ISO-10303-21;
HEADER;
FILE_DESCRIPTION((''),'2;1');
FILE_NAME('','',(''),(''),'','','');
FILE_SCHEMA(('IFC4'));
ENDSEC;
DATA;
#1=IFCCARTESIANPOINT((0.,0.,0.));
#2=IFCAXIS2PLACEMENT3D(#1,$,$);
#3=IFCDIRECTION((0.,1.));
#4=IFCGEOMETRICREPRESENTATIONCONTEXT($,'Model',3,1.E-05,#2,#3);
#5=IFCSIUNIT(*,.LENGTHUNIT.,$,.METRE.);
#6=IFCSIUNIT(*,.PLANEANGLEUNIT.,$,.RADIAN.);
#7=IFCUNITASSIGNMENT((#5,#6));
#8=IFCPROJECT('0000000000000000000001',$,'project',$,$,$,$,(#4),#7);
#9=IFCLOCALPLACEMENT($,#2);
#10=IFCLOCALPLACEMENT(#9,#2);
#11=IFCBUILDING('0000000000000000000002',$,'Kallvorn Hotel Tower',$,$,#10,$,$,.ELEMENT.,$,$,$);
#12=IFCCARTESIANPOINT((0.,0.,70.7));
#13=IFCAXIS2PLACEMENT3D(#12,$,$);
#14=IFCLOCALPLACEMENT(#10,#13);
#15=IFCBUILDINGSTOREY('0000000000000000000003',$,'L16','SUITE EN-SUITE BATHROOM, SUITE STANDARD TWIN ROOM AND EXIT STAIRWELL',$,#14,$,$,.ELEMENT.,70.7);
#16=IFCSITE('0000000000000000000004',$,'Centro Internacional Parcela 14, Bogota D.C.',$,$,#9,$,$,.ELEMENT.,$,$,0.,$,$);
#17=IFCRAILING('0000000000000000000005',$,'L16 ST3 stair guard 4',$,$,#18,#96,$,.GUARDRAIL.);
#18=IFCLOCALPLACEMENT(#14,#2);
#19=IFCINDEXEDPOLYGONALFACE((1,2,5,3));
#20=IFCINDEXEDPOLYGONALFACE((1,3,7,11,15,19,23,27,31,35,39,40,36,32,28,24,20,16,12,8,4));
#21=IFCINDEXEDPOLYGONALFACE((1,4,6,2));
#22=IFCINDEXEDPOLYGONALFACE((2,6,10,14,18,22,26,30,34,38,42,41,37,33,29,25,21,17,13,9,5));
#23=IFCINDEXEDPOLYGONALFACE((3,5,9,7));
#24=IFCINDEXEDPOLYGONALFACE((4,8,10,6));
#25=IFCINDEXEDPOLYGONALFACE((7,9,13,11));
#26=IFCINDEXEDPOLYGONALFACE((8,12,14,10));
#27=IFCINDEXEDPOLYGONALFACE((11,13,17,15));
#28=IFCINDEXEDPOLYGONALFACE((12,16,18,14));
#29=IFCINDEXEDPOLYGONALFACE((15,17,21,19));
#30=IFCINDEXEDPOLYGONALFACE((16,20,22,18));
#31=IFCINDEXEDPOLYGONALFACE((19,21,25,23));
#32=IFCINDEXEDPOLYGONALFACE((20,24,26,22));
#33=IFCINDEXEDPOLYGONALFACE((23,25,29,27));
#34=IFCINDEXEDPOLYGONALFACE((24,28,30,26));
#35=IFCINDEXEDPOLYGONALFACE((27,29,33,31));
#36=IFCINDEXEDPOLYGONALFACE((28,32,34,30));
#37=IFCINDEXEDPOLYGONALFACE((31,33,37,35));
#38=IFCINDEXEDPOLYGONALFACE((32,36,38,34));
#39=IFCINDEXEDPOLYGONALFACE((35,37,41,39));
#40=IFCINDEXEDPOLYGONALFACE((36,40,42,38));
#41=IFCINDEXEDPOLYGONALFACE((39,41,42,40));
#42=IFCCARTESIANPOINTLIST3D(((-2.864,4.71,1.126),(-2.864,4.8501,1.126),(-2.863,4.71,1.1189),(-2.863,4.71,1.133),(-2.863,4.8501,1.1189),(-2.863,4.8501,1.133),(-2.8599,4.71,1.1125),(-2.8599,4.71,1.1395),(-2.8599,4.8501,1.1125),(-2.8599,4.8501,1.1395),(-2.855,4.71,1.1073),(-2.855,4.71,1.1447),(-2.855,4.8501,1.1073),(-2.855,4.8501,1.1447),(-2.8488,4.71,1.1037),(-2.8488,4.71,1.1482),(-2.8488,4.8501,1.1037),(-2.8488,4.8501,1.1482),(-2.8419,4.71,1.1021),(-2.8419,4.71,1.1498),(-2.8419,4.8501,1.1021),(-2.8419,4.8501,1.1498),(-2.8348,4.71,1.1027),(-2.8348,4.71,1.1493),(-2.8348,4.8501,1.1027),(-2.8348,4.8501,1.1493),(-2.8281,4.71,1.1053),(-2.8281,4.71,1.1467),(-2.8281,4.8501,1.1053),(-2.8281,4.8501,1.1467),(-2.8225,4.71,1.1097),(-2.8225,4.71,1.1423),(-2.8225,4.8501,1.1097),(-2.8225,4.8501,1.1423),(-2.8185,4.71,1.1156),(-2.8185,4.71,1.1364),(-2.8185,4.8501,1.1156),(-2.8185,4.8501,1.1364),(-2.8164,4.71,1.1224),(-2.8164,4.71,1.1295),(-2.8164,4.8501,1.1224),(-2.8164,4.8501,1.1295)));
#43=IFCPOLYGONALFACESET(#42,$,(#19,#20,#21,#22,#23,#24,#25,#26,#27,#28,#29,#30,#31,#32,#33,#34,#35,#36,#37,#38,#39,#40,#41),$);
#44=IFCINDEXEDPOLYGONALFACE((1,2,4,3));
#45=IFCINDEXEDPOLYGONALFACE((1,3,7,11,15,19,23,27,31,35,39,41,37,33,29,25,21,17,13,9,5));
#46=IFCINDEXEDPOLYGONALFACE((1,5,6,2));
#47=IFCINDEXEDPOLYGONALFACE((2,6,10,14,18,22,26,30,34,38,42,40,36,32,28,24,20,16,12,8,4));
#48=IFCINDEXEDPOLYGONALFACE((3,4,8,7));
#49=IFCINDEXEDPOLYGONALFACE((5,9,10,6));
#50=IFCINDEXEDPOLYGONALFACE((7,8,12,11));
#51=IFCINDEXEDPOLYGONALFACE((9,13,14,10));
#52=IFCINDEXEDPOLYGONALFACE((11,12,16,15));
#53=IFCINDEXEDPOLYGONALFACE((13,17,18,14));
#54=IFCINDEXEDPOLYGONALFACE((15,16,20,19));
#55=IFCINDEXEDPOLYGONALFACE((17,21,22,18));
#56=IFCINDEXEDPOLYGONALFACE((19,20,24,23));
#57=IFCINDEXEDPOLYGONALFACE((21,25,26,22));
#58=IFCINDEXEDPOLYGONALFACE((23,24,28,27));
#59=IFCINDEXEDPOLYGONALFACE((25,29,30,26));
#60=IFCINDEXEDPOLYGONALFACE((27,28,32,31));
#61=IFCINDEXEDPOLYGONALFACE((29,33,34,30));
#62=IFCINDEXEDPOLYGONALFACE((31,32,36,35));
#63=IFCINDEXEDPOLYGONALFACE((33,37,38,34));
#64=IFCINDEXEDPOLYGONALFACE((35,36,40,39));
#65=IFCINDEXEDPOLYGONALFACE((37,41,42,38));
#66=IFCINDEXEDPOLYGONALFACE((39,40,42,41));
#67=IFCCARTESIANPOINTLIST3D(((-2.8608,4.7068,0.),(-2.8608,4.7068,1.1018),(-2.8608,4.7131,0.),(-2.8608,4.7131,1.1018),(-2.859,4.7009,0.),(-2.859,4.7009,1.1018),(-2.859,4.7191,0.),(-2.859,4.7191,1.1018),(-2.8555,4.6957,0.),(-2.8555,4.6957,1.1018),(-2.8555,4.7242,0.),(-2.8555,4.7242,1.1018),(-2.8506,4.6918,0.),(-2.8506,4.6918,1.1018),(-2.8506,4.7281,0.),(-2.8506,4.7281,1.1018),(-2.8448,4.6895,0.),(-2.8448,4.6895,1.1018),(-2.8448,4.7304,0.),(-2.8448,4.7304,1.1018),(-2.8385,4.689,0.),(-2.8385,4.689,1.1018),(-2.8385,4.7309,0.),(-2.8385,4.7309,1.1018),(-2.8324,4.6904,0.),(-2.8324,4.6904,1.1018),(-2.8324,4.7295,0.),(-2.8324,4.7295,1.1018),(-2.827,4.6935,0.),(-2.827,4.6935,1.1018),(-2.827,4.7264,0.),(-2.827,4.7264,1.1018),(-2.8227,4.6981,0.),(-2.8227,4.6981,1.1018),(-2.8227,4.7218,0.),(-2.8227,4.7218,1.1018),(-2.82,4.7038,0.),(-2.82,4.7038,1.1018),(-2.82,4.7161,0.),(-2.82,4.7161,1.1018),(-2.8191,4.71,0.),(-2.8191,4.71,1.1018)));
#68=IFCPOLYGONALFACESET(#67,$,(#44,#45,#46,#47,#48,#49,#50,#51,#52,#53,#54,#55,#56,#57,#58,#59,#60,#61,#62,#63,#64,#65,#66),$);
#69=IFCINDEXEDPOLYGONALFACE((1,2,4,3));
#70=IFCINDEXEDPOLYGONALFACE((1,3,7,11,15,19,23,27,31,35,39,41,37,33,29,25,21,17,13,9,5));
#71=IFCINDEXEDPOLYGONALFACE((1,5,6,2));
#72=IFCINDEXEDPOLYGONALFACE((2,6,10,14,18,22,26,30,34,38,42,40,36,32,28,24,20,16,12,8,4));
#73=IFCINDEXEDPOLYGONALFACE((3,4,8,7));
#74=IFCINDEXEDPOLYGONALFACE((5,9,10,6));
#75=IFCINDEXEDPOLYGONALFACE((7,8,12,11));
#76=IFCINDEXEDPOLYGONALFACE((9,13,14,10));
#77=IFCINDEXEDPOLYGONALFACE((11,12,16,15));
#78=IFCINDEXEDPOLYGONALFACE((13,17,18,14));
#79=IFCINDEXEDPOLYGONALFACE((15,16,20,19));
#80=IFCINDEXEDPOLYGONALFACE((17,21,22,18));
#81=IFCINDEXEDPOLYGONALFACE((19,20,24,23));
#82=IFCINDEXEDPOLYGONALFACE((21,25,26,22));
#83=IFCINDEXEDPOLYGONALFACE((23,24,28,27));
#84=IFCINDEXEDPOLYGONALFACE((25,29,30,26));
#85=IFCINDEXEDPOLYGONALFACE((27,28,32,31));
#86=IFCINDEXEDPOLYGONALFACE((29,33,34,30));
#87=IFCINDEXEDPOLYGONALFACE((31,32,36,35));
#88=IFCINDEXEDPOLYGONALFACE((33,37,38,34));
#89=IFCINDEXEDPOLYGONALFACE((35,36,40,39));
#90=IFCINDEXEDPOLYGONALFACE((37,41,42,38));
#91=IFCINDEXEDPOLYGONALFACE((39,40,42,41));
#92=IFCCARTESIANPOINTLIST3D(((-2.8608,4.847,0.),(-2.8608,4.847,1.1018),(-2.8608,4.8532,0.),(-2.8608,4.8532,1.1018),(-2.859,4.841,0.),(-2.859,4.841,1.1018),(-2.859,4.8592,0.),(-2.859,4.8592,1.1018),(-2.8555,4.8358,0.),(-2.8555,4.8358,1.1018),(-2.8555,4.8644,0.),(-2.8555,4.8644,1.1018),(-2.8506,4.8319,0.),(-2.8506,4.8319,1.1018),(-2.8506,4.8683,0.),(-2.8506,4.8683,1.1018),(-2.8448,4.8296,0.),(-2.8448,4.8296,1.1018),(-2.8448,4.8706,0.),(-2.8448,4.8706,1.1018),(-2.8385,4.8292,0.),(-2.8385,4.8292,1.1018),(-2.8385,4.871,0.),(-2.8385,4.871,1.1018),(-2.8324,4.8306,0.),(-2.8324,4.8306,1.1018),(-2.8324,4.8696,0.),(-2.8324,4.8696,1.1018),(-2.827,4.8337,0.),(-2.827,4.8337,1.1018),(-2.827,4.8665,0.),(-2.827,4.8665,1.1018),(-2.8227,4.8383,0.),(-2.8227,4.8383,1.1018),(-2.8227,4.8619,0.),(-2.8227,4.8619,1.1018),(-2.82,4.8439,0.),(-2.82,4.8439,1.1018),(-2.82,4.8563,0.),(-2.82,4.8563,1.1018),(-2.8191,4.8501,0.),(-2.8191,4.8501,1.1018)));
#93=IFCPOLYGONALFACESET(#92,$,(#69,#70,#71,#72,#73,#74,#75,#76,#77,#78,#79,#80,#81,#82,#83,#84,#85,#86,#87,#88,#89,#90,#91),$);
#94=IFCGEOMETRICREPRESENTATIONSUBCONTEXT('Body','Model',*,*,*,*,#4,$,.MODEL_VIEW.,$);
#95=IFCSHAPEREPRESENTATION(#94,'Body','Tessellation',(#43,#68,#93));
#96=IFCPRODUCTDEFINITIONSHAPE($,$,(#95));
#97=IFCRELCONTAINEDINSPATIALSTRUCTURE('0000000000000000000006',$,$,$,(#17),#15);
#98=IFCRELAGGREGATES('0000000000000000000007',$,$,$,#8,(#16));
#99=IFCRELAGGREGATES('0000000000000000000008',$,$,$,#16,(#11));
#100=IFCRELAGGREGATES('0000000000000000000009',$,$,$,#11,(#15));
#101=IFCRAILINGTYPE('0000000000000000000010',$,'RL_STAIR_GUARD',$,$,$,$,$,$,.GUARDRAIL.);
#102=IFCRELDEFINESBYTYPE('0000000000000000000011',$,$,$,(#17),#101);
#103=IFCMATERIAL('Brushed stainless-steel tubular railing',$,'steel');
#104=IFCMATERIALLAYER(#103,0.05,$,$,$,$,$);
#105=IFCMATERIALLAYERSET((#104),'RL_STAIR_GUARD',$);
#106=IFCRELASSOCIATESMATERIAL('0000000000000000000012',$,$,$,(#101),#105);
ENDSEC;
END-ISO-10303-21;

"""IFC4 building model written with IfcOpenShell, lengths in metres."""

from ifc_helpers import new_model, si_unit, direction, frame, origin, origin_2d, place, context, subcontext, project, spatial, circle, extrude, material, layer, layer_set, type_object, element, save


model = new_model("IFC4")

# Units and contexts
model_context = context("Model", 3, precision=1e-05, world=origin(), true_north=direction((0.0, 1.0)))
body_context = subcontext(model_context, "Body", "Model", "MODEL_VIEW")
ifc_project = project(units=[si_unit("LENGTHUNIT", "METRE"), si_unit("PLANEANGLEUNIT", "RADIAN")], contexts=[model_context])

# Site, building, storey
site_placement = place(None, origin())
site = spatial("IfcSite", under=ifc_project, at=site_placement, Name="Centro Internacional Parcela 14, Bogota D.C.", CompositionType="ELEMENT", RefElevation=0.0)
building_placement = place(site_placement, origin())
building = spatial("IfcBuilding", under=site, at=building_placement, Name="Kallvorn Hotel Tower", CompositionType="ELEMENT")
storey_placement = place(building_placement, frame((0.0, 0.0, 70.7)))
storey = spatial("IfcBuildingStorey", under=building, at=storey_placement, Name="L16", Description="SUITE EN-SUITE BATHROOM, SUITE STANDARD TWIN ROOM AND EXIT STAIRWELL", CompositionType="ELEMENT", Elevation=70.7)

# Railing
ifc_material_1 = material(Name="Brushed stainless-steel tubular railing", Category="steel")
ifc_layer_1 = layer(ifc_material_1, 0.05)
ifc_layer_set_1 = layer_set([ifc_layer_1], Name="RL_STAIR_GUARD")
railing_type_1 = type_object("IfcRailingType", Name="RL_STAIR_GUARD", PredefinedType="GUARDRAIL", material=ifc_layer_set_1)
railing_1_placement = place(storey_placement, frame((-2.8401, 4.71, 0.0)))
element("IfcRailing", 1, at=railing_1_placement, inside=storey, type_object=railing_type_1, Name="L16 ST3 stair guard 4", PredefinedType="GUARDRAIL", context=body_context, shape_type="SweptSolid", body=[
    extrude(circle(Radius=0.0239, at=origin_2d()), frame((0.0, 0.0, 1.126), z_axis=(0.0, 1.0, 0.0), x_axis=(-1.0, 0.0, 0.0)), (0.0, 0.0, 1.0), 0.1401),
    extrude(circle(Radius=0.021, at=origin_2d()), origin(), (0.0, 0.0, 1.0), 1.1018),
    extrude(circle(Radius=0.021, at=origin_2d()), frame((0.0, 0.1401, 0.0)), (0.0, 0.0, 1.0), 1.1018),
])

save(model, "model.ifc")
